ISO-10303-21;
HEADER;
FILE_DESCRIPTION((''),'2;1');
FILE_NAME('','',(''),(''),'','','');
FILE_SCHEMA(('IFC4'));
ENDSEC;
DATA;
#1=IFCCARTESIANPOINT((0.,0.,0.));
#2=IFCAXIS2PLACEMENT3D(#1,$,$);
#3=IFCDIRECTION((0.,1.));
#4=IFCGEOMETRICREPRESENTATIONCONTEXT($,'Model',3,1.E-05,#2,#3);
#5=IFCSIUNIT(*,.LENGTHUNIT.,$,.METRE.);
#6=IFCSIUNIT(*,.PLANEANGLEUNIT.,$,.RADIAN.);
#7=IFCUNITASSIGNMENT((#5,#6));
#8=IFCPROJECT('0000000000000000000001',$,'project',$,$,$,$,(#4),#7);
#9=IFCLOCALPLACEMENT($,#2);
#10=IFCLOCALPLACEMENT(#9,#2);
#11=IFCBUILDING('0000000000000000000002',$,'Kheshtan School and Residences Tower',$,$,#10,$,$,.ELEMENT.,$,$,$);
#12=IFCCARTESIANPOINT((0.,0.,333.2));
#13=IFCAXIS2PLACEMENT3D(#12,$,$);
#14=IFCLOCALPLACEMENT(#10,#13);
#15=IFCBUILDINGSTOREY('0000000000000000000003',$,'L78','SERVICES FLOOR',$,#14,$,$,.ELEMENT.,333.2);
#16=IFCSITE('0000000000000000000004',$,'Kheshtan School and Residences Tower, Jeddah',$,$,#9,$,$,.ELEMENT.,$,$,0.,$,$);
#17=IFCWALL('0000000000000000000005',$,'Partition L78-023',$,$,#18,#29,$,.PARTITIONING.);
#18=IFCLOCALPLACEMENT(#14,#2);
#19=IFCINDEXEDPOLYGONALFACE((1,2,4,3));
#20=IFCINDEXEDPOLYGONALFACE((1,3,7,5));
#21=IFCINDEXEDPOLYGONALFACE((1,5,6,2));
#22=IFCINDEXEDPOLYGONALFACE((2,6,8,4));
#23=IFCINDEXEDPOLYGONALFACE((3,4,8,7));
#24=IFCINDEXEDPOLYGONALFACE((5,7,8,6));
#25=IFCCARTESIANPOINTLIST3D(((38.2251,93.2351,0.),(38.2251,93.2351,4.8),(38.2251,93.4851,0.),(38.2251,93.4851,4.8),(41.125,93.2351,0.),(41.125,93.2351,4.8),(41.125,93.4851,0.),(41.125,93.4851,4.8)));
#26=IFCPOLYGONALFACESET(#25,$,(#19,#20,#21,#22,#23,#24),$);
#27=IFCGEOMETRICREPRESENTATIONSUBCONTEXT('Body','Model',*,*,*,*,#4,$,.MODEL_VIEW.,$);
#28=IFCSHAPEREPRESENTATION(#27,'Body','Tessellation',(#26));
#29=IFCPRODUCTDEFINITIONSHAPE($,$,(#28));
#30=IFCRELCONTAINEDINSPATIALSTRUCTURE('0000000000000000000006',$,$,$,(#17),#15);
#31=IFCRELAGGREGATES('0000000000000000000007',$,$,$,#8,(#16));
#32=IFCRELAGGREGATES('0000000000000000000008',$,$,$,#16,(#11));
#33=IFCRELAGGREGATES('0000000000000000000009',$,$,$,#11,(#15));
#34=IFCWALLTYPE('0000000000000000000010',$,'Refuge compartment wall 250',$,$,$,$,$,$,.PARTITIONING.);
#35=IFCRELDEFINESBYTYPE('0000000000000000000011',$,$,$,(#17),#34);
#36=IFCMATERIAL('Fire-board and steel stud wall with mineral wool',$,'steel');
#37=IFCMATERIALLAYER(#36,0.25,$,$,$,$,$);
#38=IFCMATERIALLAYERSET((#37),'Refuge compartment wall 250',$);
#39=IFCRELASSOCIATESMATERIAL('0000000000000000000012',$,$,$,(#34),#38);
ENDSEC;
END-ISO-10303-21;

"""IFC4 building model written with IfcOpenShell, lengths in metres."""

from ifc_helpers import new_model, si_unit, direction, frame, frame_2d, origin, place, context, subcontext, project, spatial, rectangle, extrude, material, layer, layer_set, type_object, element, save


model = new_model("IFC4")

# Units and contexts
model_context = context("Model", 3, precision=1e-05, world=origin(), true_north=direction((0.0, 1.0)))
body_context = subcontext(model_context, "Body", "Model", "MODEL_VIEW")
ifc_project = project(units=[si_unit("LENGTHUNIT", "METRE"), si_unit("PLANEANGLEUNIT", "RADIAN")], contexts=[model_context])

# Site, building, storey
site_placement = place(None, origin())
site = spatial("IfcSite", under=ifc_project, at=site_placement, Name="Kheshtan School and Residences Tower, Jeddah", CompositionType="ELEMENT", RefElevation=0.0)
building_placement = place(site_placement, origin())
building = spatial("IfcBuilding", under=site, at=building_placement, Name="Kheshtan School and Residences Tower", CompositionType="ELEMENT")
storey_placement = place(building_placement, frame((0.0, 0.0, 333.2)))
storey = spatial("IfcBuildingStorey", under=building, at=storey_placement, Name="L78", Description="SERVICES FLOOR", CompositionType="ELEMENT", Elevation=333.2)

# Shared definitions
ifc_material_1 = material(Name="Fire-board and steel stud wall with mineral wool", Category="steel")

# Shared definitions
ifc_layer_1 = layer(ifc_material_1, 0.25)
ifc_layer_set_1 = layer_set([ifc_layer_1], Name="Refuge compartment wall 250")
wall_type_1 = type_object("IfcWallType", Name="Refuge compartment wall 250", PredefinedType="PARTITIONING", material=ifc_layer_set_1)

# Wall
wall_1_placement = place(storey_placement, frame((38.2251, 93.3601, 0.0), z_axis=(0.0, 0.0, 1.0), x_axis=(1.0, 0.0, 0.0)))
element("IfcWall", 1, at=wall_1_placement, inside=storey, type_object=wall_type_1, Name="Partition L78-023", PredefinedType="PARTITIONING", context=body_context, shape_type="SweptSolid", body=[
    extrude(rectangle(XDim=2.8999, YDim=0.25, at=frame_2d((1.45, 0.0))), origin(), (0.0, 0.0, 1.0), 4.8),
])

save(model, "model.ifc")
